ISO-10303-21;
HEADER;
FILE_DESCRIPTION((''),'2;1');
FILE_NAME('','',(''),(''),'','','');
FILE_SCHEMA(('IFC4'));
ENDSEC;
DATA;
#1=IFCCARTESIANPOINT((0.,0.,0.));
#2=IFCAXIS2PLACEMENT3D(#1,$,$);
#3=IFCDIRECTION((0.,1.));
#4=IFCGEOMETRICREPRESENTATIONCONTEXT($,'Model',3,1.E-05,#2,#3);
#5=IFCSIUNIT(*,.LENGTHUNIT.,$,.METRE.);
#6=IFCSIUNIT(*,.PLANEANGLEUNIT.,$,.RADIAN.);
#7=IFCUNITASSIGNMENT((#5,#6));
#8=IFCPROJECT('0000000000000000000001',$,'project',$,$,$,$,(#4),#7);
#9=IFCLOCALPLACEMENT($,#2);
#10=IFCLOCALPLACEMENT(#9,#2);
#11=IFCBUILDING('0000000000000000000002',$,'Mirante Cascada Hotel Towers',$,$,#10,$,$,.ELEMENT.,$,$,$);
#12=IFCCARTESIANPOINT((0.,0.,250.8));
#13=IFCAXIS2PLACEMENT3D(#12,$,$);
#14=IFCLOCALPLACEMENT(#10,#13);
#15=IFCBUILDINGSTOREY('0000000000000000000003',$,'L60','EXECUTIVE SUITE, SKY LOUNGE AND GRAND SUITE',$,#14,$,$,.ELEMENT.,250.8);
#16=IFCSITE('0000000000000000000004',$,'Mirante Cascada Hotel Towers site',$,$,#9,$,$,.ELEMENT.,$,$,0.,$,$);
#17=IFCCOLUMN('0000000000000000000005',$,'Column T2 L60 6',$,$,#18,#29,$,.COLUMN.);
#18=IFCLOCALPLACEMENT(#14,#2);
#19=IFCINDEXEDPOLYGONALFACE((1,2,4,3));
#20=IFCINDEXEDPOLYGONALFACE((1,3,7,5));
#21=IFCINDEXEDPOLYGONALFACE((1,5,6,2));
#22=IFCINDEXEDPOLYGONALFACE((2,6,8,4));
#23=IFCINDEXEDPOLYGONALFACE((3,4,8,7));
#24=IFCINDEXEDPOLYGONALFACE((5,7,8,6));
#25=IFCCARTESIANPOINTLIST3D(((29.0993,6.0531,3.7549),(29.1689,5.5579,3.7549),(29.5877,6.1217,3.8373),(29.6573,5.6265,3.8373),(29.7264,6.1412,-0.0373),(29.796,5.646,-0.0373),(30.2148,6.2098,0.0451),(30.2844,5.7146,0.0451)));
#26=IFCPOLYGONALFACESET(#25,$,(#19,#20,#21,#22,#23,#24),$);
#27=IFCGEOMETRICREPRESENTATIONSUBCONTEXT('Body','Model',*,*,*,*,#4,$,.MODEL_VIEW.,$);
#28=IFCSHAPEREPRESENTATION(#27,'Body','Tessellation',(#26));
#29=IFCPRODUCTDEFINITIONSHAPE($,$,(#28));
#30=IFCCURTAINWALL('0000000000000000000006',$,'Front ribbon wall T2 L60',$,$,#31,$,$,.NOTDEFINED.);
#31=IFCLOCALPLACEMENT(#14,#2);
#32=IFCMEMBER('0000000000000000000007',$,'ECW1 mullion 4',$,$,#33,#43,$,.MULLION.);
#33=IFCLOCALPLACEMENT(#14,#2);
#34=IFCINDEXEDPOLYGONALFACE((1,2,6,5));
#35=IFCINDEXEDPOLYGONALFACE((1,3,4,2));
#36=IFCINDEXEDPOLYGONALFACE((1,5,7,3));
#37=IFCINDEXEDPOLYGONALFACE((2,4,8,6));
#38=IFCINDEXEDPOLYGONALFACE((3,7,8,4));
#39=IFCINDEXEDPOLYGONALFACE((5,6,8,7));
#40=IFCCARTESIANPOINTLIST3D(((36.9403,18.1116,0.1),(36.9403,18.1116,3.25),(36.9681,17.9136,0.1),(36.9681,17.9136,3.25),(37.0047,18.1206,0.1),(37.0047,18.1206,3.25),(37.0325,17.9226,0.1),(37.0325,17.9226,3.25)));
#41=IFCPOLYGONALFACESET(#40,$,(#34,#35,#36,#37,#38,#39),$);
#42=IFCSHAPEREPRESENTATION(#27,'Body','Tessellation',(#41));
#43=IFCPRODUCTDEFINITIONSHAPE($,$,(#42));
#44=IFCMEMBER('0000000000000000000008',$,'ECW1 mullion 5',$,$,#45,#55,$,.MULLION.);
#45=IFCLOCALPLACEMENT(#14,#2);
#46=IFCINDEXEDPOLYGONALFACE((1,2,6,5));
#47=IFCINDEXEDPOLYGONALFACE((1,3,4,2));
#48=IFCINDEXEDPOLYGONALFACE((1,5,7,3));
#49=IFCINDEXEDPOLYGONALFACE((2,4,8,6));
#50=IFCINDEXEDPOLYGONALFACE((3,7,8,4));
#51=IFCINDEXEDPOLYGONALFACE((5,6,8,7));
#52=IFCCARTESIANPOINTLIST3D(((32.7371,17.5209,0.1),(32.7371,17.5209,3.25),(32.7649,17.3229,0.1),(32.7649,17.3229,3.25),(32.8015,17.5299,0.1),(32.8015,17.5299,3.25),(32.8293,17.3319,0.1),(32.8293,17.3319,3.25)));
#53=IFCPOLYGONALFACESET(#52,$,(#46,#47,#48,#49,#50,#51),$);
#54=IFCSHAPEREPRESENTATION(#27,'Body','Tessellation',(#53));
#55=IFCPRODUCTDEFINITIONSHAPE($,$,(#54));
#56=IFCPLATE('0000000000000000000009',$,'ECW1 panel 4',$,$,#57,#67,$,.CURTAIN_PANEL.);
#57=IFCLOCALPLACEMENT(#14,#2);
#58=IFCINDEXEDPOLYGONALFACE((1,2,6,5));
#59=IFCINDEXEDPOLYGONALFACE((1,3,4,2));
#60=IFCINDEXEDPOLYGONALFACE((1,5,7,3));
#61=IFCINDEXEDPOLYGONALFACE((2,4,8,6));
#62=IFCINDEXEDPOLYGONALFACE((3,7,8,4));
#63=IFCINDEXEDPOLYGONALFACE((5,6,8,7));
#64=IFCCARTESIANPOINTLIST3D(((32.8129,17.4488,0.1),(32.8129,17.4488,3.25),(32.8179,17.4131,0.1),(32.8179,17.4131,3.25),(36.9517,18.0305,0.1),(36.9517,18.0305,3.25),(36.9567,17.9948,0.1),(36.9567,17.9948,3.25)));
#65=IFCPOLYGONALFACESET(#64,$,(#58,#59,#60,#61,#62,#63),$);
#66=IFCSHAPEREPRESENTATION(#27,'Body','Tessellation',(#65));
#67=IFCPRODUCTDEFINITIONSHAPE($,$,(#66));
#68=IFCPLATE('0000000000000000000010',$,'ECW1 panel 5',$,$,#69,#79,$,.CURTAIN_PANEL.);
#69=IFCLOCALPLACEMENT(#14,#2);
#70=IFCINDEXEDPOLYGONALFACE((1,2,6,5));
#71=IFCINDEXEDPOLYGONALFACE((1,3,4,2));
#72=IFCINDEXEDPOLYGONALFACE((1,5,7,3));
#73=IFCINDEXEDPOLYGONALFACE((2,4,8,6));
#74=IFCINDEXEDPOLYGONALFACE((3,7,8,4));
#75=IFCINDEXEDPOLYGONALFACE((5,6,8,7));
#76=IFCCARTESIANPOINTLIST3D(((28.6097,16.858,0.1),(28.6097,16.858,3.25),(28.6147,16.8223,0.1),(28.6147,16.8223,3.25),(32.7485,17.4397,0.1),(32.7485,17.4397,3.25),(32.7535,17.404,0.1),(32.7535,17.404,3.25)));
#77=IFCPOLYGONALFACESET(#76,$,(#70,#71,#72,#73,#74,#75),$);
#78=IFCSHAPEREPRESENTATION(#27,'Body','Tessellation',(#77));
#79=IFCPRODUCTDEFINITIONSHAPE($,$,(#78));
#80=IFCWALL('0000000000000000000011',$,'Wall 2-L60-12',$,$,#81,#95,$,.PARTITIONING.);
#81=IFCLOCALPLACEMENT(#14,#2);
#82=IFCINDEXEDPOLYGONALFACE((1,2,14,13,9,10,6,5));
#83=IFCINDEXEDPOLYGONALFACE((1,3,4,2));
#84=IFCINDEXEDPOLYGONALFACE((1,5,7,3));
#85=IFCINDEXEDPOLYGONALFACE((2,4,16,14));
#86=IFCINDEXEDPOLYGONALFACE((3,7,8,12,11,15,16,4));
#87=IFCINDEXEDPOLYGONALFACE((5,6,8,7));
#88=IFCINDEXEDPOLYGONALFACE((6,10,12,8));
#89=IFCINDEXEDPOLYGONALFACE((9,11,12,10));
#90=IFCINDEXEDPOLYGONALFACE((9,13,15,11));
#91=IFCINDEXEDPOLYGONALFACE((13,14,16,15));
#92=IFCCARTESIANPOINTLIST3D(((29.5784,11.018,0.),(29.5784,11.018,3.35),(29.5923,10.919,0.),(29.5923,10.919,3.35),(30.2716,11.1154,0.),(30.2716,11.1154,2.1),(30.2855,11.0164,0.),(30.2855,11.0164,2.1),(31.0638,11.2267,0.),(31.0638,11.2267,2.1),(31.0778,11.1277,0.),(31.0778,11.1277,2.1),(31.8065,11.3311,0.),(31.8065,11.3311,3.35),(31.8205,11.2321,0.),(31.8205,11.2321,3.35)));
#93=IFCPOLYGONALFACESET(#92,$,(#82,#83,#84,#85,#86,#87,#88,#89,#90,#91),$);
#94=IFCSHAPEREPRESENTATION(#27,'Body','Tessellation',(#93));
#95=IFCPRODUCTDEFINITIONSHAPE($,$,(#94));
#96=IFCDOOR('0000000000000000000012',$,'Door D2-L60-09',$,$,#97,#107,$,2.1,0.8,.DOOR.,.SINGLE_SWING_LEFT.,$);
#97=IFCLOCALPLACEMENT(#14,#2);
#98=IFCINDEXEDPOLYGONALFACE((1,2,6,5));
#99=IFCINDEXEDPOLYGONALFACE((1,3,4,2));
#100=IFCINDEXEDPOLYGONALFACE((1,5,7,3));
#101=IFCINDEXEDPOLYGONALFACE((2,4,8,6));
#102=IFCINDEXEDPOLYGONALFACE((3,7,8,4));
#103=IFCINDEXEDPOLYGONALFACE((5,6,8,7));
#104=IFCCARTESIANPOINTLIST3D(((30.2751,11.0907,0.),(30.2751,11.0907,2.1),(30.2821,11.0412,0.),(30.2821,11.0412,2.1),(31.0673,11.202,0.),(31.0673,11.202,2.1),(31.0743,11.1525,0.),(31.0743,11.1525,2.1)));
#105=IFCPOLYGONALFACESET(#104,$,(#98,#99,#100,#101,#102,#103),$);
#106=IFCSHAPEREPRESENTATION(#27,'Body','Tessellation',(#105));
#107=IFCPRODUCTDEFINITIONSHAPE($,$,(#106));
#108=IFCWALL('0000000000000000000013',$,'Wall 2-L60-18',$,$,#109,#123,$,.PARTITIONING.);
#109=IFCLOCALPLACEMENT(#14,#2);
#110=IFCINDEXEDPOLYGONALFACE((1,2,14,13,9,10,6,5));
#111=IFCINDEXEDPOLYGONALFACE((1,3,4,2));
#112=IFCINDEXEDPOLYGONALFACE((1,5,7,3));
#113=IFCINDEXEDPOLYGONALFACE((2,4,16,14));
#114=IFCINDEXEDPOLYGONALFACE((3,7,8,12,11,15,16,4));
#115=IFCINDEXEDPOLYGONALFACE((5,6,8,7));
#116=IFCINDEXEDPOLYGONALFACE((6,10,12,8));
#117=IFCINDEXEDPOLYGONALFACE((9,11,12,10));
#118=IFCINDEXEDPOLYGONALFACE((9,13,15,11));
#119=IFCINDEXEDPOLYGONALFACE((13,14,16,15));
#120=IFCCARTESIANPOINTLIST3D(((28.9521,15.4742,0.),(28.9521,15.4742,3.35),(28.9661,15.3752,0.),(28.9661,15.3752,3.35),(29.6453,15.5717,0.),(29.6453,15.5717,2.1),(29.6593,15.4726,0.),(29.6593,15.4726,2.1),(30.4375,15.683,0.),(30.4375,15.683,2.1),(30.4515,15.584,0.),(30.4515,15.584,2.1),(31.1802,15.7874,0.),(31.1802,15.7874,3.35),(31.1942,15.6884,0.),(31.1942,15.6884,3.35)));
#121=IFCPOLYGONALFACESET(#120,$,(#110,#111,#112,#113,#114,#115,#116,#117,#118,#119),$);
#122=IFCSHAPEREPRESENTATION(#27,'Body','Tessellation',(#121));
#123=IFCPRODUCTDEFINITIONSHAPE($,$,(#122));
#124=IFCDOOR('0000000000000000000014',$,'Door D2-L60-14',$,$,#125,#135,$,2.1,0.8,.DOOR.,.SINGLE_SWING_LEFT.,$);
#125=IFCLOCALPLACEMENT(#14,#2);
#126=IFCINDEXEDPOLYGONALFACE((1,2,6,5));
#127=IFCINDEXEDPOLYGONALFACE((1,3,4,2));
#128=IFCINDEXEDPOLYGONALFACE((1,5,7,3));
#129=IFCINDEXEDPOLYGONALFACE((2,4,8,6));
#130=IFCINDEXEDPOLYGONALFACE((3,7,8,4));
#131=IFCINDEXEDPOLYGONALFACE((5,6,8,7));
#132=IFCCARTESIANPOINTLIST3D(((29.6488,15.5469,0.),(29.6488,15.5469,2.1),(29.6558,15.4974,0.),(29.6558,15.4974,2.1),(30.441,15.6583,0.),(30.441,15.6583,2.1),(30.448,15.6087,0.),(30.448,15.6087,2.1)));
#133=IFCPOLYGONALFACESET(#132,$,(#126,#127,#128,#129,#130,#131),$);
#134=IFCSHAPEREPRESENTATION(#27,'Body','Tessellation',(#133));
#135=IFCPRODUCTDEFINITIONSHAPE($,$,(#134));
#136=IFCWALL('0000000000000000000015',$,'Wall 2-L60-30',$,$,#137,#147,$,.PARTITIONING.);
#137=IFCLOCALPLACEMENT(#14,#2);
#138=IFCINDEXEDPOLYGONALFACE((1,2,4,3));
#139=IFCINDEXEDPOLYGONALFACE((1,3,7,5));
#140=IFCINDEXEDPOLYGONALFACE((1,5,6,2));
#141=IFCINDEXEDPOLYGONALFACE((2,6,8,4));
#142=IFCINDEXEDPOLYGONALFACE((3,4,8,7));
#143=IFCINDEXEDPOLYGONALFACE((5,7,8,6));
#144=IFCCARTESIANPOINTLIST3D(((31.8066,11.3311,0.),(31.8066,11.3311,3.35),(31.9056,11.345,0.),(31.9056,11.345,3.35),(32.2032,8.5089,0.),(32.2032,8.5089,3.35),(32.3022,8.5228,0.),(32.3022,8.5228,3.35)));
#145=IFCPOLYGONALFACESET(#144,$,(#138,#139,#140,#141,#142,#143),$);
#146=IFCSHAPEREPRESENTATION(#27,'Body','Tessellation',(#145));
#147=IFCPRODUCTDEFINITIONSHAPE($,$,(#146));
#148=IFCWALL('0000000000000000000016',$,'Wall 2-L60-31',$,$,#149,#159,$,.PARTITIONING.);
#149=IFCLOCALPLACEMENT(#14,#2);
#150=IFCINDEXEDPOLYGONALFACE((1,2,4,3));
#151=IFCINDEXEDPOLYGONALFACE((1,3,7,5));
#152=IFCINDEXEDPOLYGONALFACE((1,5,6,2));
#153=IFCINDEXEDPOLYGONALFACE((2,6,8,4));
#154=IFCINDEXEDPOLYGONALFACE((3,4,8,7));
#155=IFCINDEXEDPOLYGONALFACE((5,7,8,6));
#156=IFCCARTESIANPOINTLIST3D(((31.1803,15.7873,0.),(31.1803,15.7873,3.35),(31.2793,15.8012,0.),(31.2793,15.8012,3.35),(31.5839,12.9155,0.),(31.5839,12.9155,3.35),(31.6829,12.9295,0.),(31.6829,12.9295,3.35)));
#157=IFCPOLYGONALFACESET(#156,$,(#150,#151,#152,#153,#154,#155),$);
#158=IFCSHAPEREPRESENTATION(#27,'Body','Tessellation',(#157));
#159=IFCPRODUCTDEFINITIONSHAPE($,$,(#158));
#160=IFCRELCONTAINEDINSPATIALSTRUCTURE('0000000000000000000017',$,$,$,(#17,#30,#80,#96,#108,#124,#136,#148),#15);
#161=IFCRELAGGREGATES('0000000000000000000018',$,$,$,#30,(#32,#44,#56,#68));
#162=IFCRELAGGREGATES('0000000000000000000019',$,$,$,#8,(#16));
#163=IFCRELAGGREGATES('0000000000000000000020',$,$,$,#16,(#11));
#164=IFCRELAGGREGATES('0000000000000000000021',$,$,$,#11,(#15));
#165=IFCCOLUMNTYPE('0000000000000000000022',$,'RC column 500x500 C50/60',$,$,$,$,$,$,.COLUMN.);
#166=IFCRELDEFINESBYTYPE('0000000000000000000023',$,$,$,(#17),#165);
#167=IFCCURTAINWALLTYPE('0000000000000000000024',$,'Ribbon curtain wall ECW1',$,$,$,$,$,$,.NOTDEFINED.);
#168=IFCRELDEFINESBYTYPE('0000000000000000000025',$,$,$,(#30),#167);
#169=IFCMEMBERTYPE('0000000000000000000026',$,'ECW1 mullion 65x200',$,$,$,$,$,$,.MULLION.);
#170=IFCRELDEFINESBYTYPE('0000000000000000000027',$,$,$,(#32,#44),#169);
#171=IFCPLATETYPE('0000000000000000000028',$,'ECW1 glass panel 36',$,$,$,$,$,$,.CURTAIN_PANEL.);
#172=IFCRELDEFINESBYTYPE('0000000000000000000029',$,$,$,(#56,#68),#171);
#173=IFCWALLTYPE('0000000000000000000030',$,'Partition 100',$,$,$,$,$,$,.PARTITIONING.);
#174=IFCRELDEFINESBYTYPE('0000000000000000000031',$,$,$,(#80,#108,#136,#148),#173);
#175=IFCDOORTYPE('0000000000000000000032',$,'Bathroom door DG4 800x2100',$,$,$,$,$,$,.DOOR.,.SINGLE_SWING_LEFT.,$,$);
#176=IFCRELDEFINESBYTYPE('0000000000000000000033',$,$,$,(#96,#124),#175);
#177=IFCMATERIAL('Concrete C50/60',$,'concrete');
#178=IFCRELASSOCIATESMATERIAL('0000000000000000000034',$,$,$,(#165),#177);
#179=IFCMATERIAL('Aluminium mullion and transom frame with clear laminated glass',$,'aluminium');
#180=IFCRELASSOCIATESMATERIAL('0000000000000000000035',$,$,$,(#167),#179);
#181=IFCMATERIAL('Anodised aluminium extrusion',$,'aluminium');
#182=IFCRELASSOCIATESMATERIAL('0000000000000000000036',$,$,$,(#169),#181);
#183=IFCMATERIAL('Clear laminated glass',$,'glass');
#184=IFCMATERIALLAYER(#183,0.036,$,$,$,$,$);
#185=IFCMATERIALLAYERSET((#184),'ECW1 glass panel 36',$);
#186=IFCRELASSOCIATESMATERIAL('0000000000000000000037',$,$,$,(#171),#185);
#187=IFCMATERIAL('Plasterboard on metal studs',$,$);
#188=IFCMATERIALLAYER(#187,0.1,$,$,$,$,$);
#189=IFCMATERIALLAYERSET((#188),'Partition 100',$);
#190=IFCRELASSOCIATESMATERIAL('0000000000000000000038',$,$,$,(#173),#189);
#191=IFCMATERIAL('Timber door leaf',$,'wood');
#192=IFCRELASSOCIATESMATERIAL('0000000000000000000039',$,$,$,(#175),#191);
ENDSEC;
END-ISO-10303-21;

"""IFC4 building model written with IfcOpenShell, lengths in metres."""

from ifc_helpers import new_model, si_unit, direction, frame, frame_2d, origin, origin_2d, place, context, subcontext, project, spatial, rectangle, extrude, material, layer, layer_set, material_profile, profile_set, type_object, element, fill, aggregate, save


model = new_model("IFC4")

# Units and contexts
model_context = context("Model", 3, precision=1e-05, world=origin(), true_north=direction((0.0, 1.0)))
body_context = subcontext(model_context, "Body", "Model", "MODEL_VIEW")
ifc_project = project(units=[si_unit("LENGTHUNIT", "METRE"), si_unit("PLANEANGLEUNIT", "RADIAN")], contexts=[model_context])

# Site, building, storey
site_placement = place(None, origin())
site = spatial("IfcSite", under=ifc_project, at=site_placement, Name="Mirante Cascada Hotel Towers site", CompositionType="ELEMENT", RefElevation=0.0)
building_placement = place(site_placement, origin())
building = spatial("IfcBuilding", under=site, at=building_placement, Name="Mirante Cascada Hotel Towers", CompositionType="ELEMENT")
storey_placement = place(building_placement, frame((0.0, 0.0, 250.8)))
storey = spatial("IfcBuildingStorey", under=building, at=storey_placement, Name="L60", Description="EXECUTIVE SUITE, SKY LOUNGE AND GRAND SUITE", CompositionType="ELEMENT", Elevation=250.8)

# Column
ifc_material_1 = material(Name="Concrete C50/60", Category="concrete")
ifc_material_profile_1 = material_profile(ifc_material_1, rectangle(XDim=0.5, YDim=0.5, at=origin_2d()), Name="RC column 500x500 C50/60")
ifc_profile_set_1 = profile_set([ifc_material_profile_1], Name="Concrete C50/60")
column_type = type_object("IfcColumnType", Name="RC column 500x500 C50/60", PredefinedType="COLUMN", material=ifc_profile_set_1)
column_placement = place(storey_placement, frame((30.0054, 5.9279, 0.0039), z_axis=(-0.163107, -0.022915, 0.986342), x_axis=(0.139122, -0.990275, 0.0)))
element("IfcColumn", 1, at=column_placement, inside=storey, type_object=column_type, Name="Column T2 L60 6", PredefinedType="COLUMN", context=body_context, shape_type="SweptSolid", body=[
    extrude(rectangle(XDim=0.5, YDim=0.5, at=origin_2d()), origin(), (0.0, 0.0, 1.0), 3.8447),
])

# Curtain wall, members, plates
ifc_material_2 = material(Name="Aluminium mullion and transom frame with clear laminated glass", Category="aluminium")
curtain_wall_type = type_object("IfcCurtainWallType", Name="Ribbon curtain wall ECW1", PredefinedType="NOTDEFINED", material=ifc_material_2)
curtain_wall_placement = place(storey_placement, origin())
curtain_wall = element("IfcCurtainWall", 2, at=curtain_wall_placement, inside=storey, type_object=curtain_wall_type, Name="Front ribbon wall T2 L60", PredefinedType="NOTDEFINED")
ifc_material_3 = material(Name="Anodised aluminium extrusion", Category="aluminium")
ifc_material_profile_2 = material_profile(ifc_material_3, rectangle(XDim=0.2, YDim=0.065, at=origin_2d()), Name="ECW1 MULLION 65x200")
ifc_profile_set_2 = profile_set([ifc_material_profile_2], Name="Anodised aluminium extrusion")
member_type = type_object("IfcMemberType", Name="ECW1 mullion 65x200", PredefinedType="MULLION", material=ifc_profile_set_2)
member_1_placement = place(storey_placement, frame((36.9864, 18.0171, 0.1), z_axis=(0.0, 0.0, 1.0), x_axis=(0.139173, -0.990268, 0.0)))
member_1 = element("IfcMember", 3, at=member_1_placement, type_object=member_type, Name="ECW1 mullion 4", PredefinedType="MULLION", context=body_context, shape_type="SweptSolid", body=[
    extrude(rectangle(XDim=0.2, YDim=0.065, at=origin_2d()), origin(), (0.0, 0.0, 1.0), 3.15),
])
member_2_placement = place(storey_placement, frame((32.7832, 17.4264, 0.1), z_axis=(0.0, 0.0, 1.0), x_axis=(0.139173, -0.990268, 0.0)))
member_2 = element("IfcMember", 4, at=member_2_placement, type_object=member_type, Name="ECW1 mullion 5", PredefinedType="MULLION", context=body_context, shape_type="SweptSolid", body=[
    extrude(rectangle(XDim=0.2, YDim=0.065, at=origin_2d()), origin(), (0.0, 0.0, 1.0), 3.15),
])
ifc_material_4 = material(Name="Clear laminated glass", Category="glass")
ifc_layer_1 = layer(ifc_material_4, 0.036)
ifc_layer_set_1 = layer_set([ifc_layer_1], Name="ECW1 glass panel 36")
plate_type = type_object("IfcPlateType", Name="ECW1 glass panel 36", PredefinedType="CURTAIN_PANEL", material=ifc_layer_set_1)
plate_1_placement = place(storey_placement, frame((34.8848, 17.7218, 0.1), z_axis=(0.0, 0.0, 1.0), x_axis=(-0.990268, -0.139173, 0.0)))
plate_1 = element("IfcPlate", 5, at=plate_1_placement, type_object=plate_type, Name="ECW1 panel 4", PredefinedType="CURTAIN_PANEL", context=body_context, shape_type="SweptSolid", body=[
    extrude(rectangle(XDim=4.1795, YDim=0.036, at=origin_2d()), origin(), (0.0, 0.0, 1.0), 3.15),
])
plate_2_placement = place(storey_placement, frame((30.6816, 17.131, 0.1), z_axis=(0.0, 0.0, 1.0), x_axis=(-0.990268, -0.139173, 0.0)))
plate_2 = element("IfcPlate", 6, at=plate_2_placement, type_object=plate_type, Name="ECW1 panel 5", PredefinedType="CURTAIN_PANEL", context=body_context, shape_type="SweptSolid", body=[
    extrude(rectangle(XDim=4.1795, YDim=0.036, at=origin_2d()), origin(), (0.0, 0.0, 1.0), 3.15),
])
aggregate(curtain_wall, [member_1, member_2, plate_1, plate_2])

# Walls, openings, doors
ifc_material_5 = material(Name="Plasterboard on metal studs")
ifc_layer_2 = layer(ifc_material_5, 0.1)
ifc_layer_set_2 = layer_set([ifc_layer_2], Name="Partition 100")
wall_type = type_object("IfcWallType", Name="Partition 100", PredefinedType="PARTITIONING", material=ifc_layer_set_2)
wall_1_placement = place(storey_placement, frame((31.8135, 11.2816, 0.0), z_axis=(0.0, 0.0, 1.0), x_axis=(-0.990271, -0.139156, 0.0)))
wall_1 = element("IfcWall", 7, at=wall_1_placement, inside=storey, type_object=wall_type, Name="Wall 2-L60-12", PredefinedType="PARTITIONING", context=body_context, shape_type="SweptSolid", body=[
    extrude(rectangle(XDim=2.25, YDim=0.1, at=frame_2d((1.125, 0.0))), origin(), (0.0, 0.0, 1.0), 3.35),
])
opening_1_placement = place(wall_1_placement, frame((0.75, 0.0, 0.0)))
opening_1 = element("IfcOpeningElement", 8, at=opening_1_placement, cuts=wall_1, PredefinedType="OPENING", context=body_context, shape_type="SweptSolid", body=[
    extrude(rectangle(XDim=0.8, YDim=2.1, at=frame_2d((0.4, 1.05))), frame((0.0, 0.05, 0.0), z_axis=(0.0, -1.0, 0.0), x_axis=(1.0, 0.0, 0.0)), (0.0, 0.0, 1.0), 0.1),
])
ifc_material_6 = material(Name="Timber door leaf", Category="wood")
door_type_1 = type_object("IfcDoorType", Name="Bathroom door DG4 800x2100", OperationType="SINGLE_SWING_LEFT", PredefinedType="DOOR", material=ifc_material_6)
door_1_placement = place(opening_1_placement, origin())
door_1 = element("IfcDoor", 9, at=door_1_placement, inside=storey, type_object=door_type_1, Name="Door D2-L60-09", OperationType="SINGLE_SWING_LEFT", OverallHeight=2.1, OverallWidth=0.8, PredefinedType="DOOR", context=body_context, shape_type="SweptSolid", body=[
    extrude(rectangle(XDim=0.8, YDim=2.1, at=frame_2d((0.4, 1.05))), frame((0.0, 0.025, 0.0), z_axis=(0.0, -1.0, 0.0), x_axis=(1.0, 0.0, 0.0)), (0.0, 0.0, 1.0), 0.05),
])
fill(opening_1, door_1)
wall_2_placement = place(storey_placement, frame((31.1872, 15.7379, 0.0), z_axis=(0.0, 0.0, 1.0), x_axis=(-0.990264, -0.1392, 0.0)))
wall_2 = element("IfcWall", 10, at=wall_2_placement, inside=storey, type_object=wall_type, Name="Wall 2-L60-18", PredefinedType="PARTITIONING", context=body_context, shape_type="SweptSolid", body=[
    extrude(rectangle(XDim=2.25, YDim=0.1, at=frame_2d((1.125, 0.0))), origin(), (0.0, 0.0, 1.0), 3.35),
])
opening_2_placement = place(wall_2_placement, frame((0.75, 0.0, 0.0)))
opening_2 = element("IfcOpeningElement", 11, at=opening_2_placement, cuts=wall_2, PredefinedType="OPENING", context=body_context, shape_type="SweptSolid", body=[
    extrude(rectangle(XDim=0.8, YDim=2.1, at=frame_2d((0.4, 1.05))), frame((0.0, 0.05, 0.0), z_axis=(0.0, -1.0, 0.0), x_axis=(1.0, 0.0, 0.0)), (0.0, 0.0, 1.0), 0.1),
])
door_2_placement = place(opening_2_placement, origin())
door_2 = element("IfcDoor", 12, at=door_2_placement, inside=storey, type_object=door_type_1, Name="Door D2-L60-14", OperationType="SINGLE_SWING_LEFT", OverallHeight=2.1, OverallWidth=0.8, PredefinedType="DOOR", context=body_context, shape_type="SweptSolid", body=[
    extrude(rectangle(XDim=0.8, YDim=2.1, at=frame_2d((0.4, 1.05))), frame((0.0, 0.025, 0.0), z_axis=(0.0, -1.0, 0.0), x_axis=(1.0, 0.0, 0.0)), (0.0, 0.0, 1.0), 0.05),
])
fill(opening_2, door_2)

# Walls
wall_3_placement = place(storey_placement, frame((31.8561, 11.3381, 0.0), z_axis=(0.0, 0.0, 1.0), x_axis=(0.139161, -0.99027, 0.0)))
element("IfcWall", 13, at=wall_3_placement, inside=storey, type_object=wall_type, Name="Wall 2-L60-30", PredefinedType="PARTITIONING", context=body_context, shape_type="SweptSolid", body=[
    extrude(rectangle(XDim=2.8499, YDim=0.1, at=frame_2d((1.425, 0.0))), origin(), (0.0, 0.0, 1.0), 3.35),
])
wall_4_placement = place(storey_placement, frame((31.6334, 12.9225, 0.0), z_axis=(0.0, 0.0, 1.0), x_axis=(-0.139171, 0.990268, 0.0)))
element("IfcWall", 14, at=wall_4_placement, inside=storey, type_object=wall_type, Name="Wall 2-L60-31", PredefinedType="PARTITIONING", context=body_context, shape_type="SweptSolid", body=[
    extrude(rectangle(XDim=2.9, YDim=0.1, at=frame_2d((1.45, 0.0))), origin(), (0.0, 0.0, 1.0), 3.35),
])

save(model, "model.ifc")
